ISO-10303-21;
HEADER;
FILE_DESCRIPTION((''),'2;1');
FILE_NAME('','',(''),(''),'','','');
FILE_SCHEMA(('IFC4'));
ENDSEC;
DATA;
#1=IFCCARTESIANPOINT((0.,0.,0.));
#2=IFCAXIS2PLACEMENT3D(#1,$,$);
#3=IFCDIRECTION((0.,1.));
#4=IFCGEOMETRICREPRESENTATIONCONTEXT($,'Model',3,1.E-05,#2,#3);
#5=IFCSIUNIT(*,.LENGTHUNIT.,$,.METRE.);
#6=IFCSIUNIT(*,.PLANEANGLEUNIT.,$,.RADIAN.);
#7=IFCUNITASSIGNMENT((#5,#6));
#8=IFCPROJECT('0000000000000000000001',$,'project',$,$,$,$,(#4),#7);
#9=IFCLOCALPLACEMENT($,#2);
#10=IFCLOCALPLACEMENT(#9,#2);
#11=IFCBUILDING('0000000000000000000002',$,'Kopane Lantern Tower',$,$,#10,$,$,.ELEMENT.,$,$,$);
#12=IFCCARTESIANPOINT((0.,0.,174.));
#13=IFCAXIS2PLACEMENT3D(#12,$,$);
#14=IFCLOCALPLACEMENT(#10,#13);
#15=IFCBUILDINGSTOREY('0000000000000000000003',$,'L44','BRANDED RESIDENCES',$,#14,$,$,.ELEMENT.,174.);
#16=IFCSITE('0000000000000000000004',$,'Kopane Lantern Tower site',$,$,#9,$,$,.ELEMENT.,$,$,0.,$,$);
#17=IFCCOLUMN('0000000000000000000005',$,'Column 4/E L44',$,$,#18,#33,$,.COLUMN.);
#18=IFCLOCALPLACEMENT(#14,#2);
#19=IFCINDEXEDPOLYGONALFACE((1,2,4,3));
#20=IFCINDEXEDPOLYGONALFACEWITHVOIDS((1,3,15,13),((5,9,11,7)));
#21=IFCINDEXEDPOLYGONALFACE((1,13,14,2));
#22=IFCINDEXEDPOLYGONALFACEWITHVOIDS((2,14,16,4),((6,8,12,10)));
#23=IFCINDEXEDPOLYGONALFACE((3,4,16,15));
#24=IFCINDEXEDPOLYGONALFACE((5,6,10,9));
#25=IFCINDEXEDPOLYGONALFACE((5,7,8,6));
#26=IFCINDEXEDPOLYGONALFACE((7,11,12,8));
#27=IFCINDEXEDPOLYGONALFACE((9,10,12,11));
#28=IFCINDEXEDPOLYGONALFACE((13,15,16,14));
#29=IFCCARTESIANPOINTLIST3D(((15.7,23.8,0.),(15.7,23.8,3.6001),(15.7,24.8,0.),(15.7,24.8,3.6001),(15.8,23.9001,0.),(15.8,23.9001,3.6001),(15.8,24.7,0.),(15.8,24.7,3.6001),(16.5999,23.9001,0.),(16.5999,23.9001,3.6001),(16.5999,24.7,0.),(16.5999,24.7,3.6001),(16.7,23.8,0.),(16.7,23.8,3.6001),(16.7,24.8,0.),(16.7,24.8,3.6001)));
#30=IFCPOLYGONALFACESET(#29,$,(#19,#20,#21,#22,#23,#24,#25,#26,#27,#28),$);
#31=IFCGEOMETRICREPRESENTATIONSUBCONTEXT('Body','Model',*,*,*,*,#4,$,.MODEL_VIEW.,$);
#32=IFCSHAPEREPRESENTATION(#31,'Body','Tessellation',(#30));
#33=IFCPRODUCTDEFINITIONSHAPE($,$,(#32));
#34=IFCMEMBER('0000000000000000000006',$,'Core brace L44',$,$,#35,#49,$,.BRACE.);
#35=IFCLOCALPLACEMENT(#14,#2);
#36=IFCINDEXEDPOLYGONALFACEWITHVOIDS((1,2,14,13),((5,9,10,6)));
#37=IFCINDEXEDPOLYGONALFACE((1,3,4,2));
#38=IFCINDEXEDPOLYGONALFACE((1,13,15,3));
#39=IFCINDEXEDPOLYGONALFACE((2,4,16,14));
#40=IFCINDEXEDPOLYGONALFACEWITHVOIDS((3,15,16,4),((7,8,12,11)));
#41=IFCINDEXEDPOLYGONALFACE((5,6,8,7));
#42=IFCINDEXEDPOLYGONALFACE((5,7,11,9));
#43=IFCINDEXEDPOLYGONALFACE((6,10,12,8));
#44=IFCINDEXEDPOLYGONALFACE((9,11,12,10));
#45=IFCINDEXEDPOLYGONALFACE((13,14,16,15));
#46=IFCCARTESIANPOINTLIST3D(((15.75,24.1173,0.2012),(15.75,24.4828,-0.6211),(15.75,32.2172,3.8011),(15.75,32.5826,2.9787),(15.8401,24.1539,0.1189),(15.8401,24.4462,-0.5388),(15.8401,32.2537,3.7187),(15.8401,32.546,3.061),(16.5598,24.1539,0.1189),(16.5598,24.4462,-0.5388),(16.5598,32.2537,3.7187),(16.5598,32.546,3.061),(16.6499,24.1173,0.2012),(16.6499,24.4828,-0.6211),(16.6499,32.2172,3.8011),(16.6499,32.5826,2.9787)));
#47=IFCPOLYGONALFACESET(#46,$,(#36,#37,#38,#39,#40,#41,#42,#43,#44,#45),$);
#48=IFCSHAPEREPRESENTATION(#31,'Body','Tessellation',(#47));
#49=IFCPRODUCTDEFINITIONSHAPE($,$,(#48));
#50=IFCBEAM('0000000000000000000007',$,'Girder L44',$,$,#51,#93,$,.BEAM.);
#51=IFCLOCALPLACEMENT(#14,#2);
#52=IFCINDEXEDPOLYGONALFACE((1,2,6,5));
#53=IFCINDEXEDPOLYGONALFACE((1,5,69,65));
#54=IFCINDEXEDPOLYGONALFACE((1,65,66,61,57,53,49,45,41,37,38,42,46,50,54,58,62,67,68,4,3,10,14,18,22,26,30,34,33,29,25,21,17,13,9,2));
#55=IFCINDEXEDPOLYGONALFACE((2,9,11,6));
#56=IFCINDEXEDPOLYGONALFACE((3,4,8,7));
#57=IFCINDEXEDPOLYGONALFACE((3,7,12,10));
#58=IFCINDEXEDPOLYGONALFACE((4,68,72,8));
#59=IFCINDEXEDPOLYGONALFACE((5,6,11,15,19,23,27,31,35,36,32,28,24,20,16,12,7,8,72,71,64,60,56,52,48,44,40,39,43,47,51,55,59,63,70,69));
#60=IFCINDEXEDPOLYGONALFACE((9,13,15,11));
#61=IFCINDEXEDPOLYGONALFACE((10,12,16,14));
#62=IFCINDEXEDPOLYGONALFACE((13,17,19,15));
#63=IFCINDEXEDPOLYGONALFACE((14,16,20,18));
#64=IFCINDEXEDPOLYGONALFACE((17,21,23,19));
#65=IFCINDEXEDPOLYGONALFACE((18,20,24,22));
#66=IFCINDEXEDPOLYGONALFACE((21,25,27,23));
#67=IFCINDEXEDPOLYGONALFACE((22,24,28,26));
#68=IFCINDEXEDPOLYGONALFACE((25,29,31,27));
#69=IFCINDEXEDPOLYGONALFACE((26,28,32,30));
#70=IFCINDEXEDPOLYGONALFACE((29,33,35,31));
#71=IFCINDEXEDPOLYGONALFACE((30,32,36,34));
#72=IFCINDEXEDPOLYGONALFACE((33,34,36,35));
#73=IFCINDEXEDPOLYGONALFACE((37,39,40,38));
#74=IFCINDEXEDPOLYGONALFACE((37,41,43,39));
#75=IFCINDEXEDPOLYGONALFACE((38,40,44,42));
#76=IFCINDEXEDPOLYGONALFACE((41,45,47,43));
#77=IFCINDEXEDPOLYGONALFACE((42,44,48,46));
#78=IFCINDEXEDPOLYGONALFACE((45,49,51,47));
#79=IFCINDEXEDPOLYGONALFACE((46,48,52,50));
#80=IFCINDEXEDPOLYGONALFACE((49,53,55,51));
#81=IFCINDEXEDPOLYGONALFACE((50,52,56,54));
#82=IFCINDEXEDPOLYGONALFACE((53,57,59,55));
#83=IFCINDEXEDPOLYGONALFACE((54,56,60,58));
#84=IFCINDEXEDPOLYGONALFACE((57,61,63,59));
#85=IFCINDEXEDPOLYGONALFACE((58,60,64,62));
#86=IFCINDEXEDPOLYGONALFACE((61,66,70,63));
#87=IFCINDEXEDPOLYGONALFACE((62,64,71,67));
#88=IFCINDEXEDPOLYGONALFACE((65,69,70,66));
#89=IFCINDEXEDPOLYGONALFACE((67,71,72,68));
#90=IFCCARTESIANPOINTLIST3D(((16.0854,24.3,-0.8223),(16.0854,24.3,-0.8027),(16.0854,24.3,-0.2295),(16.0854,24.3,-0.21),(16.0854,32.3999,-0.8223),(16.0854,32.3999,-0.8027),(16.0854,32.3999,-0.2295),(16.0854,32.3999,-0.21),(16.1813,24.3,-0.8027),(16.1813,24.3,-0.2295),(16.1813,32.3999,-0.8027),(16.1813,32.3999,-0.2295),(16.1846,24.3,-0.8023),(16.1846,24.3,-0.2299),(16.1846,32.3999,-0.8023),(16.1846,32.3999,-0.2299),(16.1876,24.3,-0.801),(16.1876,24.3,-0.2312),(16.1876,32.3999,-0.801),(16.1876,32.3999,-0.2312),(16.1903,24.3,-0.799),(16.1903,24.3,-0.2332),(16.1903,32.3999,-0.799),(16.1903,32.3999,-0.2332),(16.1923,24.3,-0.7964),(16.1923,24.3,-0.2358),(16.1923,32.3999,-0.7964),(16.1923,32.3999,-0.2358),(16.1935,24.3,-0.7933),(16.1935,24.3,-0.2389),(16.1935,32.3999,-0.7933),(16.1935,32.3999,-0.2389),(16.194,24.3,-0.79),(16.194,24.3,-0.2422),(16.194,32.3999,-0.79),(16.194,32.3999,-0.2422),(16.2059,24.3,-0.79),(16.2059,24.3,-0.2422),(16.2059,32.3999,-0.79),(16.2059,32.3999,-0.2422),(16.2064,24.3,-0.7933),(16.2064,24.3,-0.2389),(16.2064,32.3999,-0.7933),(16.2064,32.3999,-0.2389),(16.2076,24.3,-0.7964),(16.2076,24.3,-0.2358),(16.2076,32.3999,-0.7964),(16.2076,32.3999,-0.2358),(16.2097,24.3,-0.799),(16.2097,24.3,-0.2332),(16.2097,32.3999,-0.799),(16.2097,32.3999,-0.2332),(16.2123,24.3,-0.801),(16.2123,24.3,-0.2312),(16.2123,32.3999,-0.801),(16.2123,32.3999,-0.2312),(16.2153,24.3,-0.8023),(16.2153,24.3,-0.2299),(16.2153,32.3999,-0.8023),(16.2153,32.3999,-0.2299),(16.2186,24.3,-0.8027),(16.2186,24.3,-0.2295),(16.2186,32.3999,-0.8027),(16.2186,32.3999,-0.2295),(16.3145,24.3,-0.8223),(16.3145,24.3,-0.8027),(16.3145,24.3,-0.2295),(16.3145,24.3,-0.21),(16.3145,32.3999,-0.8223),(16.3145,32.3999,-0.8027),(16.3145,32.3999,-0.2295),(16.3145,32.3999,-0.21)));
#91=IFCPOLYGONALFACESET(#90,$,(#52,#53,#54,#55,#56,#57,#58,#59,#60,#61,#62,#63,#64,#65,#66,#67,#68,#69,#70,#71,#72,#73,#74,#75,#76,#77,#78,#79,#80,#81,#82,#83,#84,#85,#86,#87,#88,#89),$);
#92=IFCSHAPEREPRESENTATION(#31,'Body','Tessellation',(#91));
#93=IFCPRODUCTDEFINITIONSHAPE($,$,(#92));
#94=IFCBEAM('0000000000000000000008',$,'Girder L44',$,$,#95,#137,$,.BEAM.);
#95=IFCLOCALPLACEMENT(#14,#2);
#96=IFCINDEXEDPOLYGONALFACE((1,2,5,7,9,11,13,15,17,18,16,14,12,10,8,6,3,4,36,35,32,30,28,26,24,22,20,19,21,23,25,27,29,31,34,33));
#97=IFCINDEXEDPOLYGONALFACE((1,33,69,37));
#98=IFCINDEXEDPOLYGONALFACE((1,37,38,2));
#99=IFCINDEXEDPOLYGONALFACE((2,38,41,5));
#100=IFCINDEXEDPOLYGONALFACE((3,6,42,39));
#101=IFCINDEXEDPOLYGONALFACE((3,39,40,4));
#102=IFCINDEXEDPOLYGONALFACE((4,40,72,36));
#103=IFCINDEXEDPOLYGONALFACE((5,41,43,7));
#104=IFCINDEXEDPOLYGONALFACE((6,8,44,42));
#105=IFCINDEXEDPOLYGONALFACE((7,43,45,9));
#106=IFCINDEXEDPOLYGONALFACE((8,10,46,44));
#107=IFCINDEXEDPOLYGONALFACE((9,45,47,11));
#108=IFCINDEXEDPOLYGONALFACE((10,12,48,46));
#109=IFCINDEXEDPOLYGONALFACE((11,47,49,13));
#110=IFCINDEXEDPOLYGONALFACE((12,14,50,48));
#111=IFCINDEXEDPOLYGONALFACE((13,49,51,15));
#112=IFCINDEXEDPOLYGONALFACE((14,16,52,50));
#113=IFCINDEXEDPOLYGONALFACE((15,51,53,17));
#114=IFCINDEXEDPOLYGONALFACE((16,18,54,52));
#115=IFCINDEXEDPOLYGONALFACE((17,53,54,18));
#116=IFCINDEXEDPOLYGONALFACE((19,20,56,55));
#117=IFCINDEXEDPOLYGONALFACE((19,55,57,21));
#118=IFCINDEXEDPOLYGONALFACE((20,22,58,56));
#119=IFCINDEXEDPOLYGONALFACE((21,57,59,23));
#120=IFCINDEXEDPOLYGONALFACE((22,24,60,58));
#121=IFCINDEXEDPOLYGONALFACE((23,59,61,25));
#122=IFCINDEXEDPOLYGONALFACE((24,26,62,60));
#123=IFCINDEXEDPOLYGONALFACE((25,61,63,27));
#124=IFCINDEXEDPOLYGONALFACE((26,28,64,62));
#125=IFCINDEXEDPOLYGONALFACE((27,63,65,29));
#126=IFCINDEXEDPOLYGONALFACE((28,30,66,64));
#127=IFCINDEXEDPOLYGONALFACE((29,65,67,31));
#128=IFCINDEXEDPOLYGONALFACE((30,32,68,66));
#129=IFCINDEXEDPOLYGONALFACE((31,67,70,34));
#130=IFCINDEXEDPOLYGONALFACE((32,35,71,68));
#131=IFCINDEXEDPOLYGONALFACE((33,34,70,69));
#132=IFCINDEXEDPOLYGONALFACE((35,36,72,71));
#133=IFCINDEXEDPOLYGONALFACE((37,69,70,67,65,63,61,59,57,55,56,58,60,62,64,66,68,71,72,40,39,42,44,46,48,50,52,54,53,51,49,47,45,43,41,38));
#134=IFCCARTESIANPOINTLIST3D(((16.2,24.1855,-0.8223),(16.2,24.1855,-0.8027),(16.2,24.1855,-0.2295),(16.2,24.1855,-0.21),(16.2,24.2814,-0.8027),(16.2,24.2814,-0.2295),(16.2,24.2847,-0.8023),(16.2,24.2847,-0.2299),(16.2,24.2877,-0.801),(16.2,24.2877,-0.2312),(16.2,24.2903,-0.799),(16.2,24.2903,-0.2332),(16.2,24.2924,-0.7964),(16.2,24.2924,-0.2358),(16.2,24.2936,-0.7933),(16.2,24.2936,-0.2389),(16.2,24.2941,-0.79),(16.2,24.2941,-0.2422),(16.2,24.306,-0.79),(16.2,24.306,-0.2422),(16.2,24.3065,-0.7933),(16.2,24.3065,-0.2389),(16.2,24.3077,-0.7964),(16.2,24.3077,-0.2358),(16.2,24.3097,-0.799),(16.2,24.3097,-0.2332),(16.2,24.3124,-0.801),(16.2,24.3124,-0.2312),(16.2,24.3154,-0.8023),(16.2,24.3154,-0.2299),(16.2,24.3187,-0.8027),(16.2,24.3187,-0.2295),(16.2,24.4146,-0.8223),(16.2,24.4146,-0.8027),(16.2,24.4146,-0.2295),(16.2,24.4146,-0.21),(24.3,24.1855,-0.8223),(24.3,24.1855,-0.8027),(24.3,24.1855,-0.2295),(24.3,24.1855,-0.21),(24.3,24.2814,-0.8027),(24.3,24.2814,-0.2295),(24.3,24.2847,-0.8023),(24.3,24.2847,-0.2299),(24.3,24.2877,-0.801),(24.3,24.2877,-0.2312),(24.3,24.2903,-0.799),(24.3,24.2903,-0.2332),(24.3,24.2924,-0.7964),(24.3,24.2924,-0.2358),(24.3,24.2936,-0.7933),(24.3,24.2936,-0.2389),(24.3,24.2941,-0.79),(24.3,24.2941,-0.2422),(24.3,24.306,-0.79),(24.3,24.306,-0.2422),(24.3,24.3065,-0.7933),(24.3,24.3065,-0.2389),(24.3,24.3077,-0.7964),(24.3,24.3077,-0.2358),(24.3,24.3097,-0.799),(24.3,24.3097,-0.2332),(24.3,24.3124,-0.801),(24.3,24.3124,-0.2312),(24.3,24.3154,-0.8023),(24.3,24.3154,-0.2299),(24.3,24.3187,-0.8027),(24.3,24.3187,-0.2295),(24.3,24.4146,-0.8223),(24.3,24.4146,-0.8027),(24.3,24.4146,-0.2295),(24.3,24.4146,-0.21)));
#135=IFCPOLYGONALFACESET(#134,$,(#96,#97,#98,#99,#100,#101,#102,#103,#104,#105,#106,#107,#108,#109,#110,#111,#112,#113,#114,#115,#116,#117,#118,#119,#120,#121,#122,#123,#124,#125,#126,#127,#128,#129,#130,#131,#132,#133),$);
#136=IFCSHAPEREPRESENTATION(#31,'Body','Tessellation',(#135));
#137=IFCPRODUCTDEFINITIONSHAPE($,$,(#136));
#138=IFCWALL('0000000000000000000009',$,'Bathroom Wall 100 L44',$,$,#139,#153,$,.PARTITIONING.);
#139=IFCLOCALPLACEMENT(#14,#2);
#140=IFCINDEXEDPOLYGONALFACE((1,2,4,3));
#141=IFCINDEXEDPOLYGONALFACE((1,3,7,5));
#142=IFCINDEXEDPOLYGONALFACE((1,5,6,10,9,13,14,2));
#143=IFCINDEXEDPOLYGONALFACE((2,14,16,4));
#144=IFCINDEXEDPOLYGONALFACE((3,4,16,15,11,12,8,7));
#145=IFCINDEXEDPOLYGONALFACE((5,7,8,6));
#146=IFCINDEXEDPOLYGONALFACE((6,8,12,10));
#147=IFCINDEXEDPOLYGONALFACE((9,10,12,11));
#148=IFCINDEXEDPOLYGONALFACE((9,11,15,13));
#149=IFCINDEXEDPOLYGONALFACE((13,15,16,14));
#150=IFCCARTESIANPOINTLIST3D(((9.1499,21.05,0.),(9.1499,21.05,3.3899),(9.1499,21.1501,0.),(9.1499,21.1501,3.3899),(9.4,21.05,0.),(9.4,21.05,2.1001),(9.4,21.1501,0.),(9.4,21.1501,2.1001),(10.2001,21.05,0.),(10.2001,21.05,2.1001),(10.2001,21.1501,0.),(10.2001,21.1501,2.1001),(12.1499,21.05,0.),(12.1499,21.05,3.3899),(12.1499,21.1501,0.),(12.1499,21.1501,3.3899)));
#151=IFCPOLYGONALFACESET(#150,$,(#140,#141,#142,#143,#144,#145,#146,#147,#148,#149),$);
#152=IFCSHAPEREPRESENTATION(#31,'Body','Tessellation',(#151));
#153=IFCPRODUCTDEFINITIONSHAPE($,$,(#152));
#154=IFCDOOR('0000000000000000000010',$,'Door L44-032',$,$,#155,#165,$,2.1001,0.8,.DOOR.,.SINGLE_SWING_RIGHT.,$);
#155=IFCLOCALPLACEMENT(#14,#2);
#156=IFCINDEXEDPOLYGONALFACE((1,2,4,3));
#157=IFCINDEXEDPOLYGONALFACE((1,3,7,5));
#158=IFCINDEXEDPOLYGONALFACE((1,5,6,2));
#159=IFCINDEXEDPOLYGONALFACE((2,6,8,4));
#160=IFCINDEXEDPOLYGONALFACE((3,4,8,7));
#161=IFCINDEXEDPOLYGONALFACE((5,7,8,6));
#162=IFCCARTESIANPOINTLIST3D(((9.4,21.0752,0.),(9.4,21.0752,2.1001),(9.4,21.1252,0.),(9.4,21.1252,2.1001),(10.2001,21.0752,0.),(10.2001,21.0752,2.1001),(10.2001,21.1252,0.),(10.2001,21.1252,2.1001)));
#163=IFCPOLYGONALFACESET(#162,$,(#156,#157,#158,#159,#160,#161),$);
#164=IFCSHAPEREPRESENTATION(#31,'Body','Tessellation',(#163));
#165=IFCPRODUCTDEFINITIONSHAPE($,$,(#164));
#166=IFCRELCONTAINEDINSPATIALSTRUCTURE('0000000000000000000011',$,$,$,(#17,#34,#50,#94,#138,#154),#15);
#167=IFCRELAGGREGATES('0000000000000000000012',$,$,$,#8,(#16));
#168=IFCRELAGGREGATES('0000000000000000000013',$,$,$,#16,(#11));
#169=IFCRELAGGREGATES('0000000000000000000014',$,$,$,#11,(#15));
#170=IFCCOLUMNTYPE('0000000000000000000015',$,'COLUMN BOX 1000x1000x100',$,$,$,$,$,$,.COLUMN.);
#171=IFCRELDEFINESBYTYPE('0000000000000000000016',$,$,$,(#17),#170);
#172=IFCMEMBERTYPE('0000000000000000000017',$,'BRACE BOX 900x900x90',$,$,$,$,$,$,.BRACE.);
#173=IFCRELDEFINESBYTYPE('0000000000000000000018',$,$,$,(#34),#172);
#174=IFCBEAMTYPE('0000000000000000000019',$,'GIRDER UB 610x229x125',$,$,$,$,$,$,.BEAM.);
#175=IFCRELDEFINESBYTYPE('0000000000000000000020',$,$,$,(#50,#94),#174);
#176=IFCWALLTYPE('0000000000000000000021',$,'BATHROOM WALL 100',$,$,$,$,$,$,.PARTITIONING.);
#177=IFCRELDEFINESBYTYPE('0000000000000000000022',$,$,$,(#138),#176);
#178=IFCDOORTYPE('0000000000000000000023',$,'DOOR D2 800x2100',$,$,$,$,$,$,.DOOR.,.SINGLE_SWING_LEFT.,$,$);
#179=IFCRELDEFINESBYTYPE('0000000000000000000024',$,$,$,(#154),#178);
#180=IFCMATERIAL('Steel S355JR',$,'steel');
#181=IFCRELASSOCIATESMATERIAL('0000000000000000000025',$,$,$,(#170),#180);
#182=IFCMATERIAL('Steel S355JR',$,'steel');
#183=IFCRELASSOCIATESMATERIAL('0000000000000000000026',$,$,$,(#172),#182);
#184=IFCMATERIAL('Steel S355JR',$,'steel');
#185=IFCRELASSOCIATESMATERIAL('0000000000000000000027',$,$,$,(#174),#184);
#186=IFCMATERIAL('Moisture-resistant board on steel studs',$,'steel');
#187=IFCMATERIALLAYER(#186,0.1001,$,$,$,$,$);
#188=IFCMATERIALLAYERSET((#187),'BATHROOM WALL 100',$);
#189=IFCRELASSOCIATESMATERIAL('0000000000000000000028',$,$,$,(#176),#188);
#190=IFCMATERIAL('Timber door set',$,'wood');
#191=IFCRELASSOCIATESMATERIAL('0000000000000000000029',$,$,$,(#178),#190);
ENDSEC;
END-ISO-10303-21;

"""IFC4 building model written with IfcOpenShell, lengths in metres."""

from ifc_helpers import new_model, si_unit, direction, frame, frame_2d, origin, origin_2d, place, context, subcontext, project, spatial, rectangle, hollow_rectangle, i_section, extrude, material, layer, layer_set, material_profile, profile_set, type_object, element, fill, save


model = new_model("IFC4")

# Units and contexts
model_context = context("Model", 3, precision=1e-05, world=origin(), true_north=direction((0.0, 1.0)))
body_context = subcontext(model_context, "Body", "Model", "MODEL_VIEW")
ifc_project = project(units=[si_unit("LENGTHUNIT", "METRE"), si_unit("PLANEANGLEUNIT", "RADIAN")], contexts=[model_context])

# Site, building, storey
site_placement = place(None, origin())
site = spatial("IfcSite", under=ifc_project, at=site_placement, Name="Kopane Lantern Tower site", CompositionType="ELEMENT", RefElevation=0.0)
building_placement = place(site_placement, origin())
building = spatial("IfcBuilding", under=site, at=building_placement, Name="Kopane Lantern Tower", CompositionType="ELEMENT")
storey_placement = place(building_placement, frame((0.0, 0.0, 174.0)))
storey = spatial("IfcBuildingStorey", under=building, at=storey_placement, Name="L44", Description="BRANDED RESIDENCES", CompositionType="ELEMENT", Elevation=174.0)

# Column
ifc_material_1 = material(Name="Steel S355JR", Category="steel")
ifc_material_profile_1 = material_profile(ifc_material_1, hollow_rectangle(XDim=1.0, YDim=1.0, WallThickness=0.1001, at=origin_2d()), Name="BOX 1000x1000x100")
ifc_profile_set_1 = profile_set([ifc_material_profile_1], Name="Steel S355JR")
column_type = type_object("IfcColumnType", Name="COLUMN BOX 1000x1000x100", PredefinedType="COLUMN", material=ifc_profile_set_1)
column_placement = place(storey_placement, frame((16.2, 24.3, 0.0), z_axis=(0.0, 0.0, 1.0), x_axis=(1.0, 0.0, 0.0)))
element("IfcColumn", 1, at=column_placement, inside=storey, type_object=column_type, Name="Column 4/E L44", PredefinedType="COLUMN", context=body_context, shape_type="SweptSolid", body=[
    extrude(hollow_rectangle(XDim=1.0, YDim=1.0, WallThickness=0.1001, at=origin_2d()), origin(), (0.0, 0.0, 1.0), 3.6001),
])

# Member
ifc_material_2 = material(Name="Steel S355JR", Category="steel")
ifc_material_profile_2 = material_profile(ifc_material_2, hollow_rectangle(XDim=0.8999, YDim=0.8999, WallThickness=0.0901, at=origin_2d()), Name="BOX 900x900x90")
ifc_profile_set_2 = profile_set([ifc_material_profile_2], Name="Steel S355JR")
member_type = type_object("IfcMemberType", Name="BRACE BOX 900x900x90", PredefinedType="BRACE", material=ifc_profile_set_2)
member_placement = place(storey_placement, frame((16.2, 24.3, -0.21), z_axis=(0.0, 0.913815, 0.406131), x_axis=(-1.0, 0.0, 0.0)))
element("IfcMember", 2, at=member_placement, inside=storey, type_object=member_type, Name="Core brace L44", PredefinedType="BRACE", context=body_context, shape_type="SweptSolid", body=[
    extrude(hollow_rectangle(XDim=0.8999, YDim=0.8999, WallThickness=0.0901, at=origin_2d()), origin(), (0.0, 0.0, 1.0), 8.8638),
])

# Beams
ifc_material_3 = material(Name="Steel S355JR", Category="steel")
ifc_material_profile_3 = material_profile(ifc_material_3, i_section(OverallWidth=0.229, OverallDepth=0.6123, WebThickness=0.012, FlangeThickness=0.0195, FilletRadius=0.0127, at=origin_2d()), Name="UB 610x229x125")
ifc_profile_set_3 = profile_set([ifc_material_profile_3], Name="Steel S355JR")
beam_type = type_object("IfcBeamType", Name="GIRDER UB 610x229x125", PredefinedType="BEAM", material=ifc_profile_set_3)
beam_1_placement = place(storey_placement, frame((16.2, 24.3, -0.5161), z_axis=(0.0, 1.0, 0.0), x_axis=(-1.0, 0.0, 0.0)))
element("IfcBeam", 3, at=beam_1_placement, inside=storey, type_object=beam_type, Name="Girder L44", PredefinedType="BEAM", context=body_context, shape_type="SweptSolid", body=[
    extrude(i_section(OverallWidth=0.229, OverallDepth=0.6123, WebThickness=0.012, FlangeThickness=0.0195, FilletRadius=0.0127, at=origin_2d()), origin(), (0.0, 0.0, 1.0), 8.0999),
])
beam_2_placement = place(storey_placement, frame((16.2, 24.3, -0.5161), z_axis=(1.0, 0.0, 0.0), x_axis=(0.0, 1.0, 0.0)))
element("IfcBeam", 4, at=beam_2_placement, inside=storey, type_object=beam_type, Name="Girder L44", PredefinedType="BEAM", context=body_context, shape_type="SweptSolid", body=[
    extrude(i_section(OverallWidth=0.229, OverallDepth=0.6123, WebThickness=0.012, FlangeThickness=0.0195, FilletRadius=0.0127, at=origin_2d()), origin(), (0.0, 0.0, 1.0), 8.1001),
])

# Wall, opening, door
ifc_material_4 = material(Name="Moisture-resistant board on steel studs", Category="steel")
ifc_layer_1 = layer(ifc_material_4, 0.1001)
ifc_layer_set_1 = layer_set([ifc_layer_1], Name="BATHROOM WALL 100")
wall_type_1 = type_object("IfcWallType", Name="BATHROOM WALL 100", PredefinedType="PARTITIONING", material=ifc_layer_set_1)
wall_1_placement = place(storey_placement, frame((12.1499, 21.1001, 0.0), z_axis=(0.0, 0.0, 1.0), x_axis=(-1.0, 0.0, 0.0)))
wall_1 = element("IfcWall", 5, at=wall_1_placement, inside=storey, type_object=wall_type_1, Name="Bathroom Wall 100 L44", PredefinedType="PARTITIONING", context=body_context, shape_type="SweptSolid", body=[
    extrude(rectangle(XDim=3.0, YDim=0.1001, at=frame_2d((1.5, 0.0))), origin(), (0.0, 0.0, 1.0), 3.3899),
])
opening_1_placement = place(wall_1_placement, frame((1.95, 0.0, 0.0)))
opening_1 = element("IfcOpeningElement", 6, at=opening_1_placement, cuts=wall_1, PredefinedType="OPENING", context=body_context, shape_type="SweptSolid", body=[
    extrude(rectangle(XDim=0.8, YDim=2.1001, at=frame_2d((0.3999, 1.05))), frame((0.0, 0.0601, 0.0), z_axis=(0.0, -1.0, 0.0), x_axis=(1.0, 0.0, 0.0)), (0.0, 0.0, 1.0), 0.1201),
])
ifc_material_5 = material(Name="Timber door set", Category="wood")
door_type_1 = type_object("IfcDoorType", Name="DOOR D2 800x2100", OperationType="SINGLE_SWING_LEFT", PredefinedType="DOOR", material=ifc_material_5)
door_1_placement = place(opening_1_placement, origin())
door_1 = element("IfcDoor", 7, at=door_1_placement, inside=storey, type_object=door_type_1, Name="Door L44-032", OperationType="SINGLE_SWING_RIGHT", OverallHeight=2.1001, OverallWidth=0.8, PredefinedType="DOOR", context=body_context, shape_type="SweptSolid", body=[
    extrude(rectangle(XDim=0.8, YDim=2.1001, at=frame_2d((0.3999, 1.05))), frame((0.0, 0.0249, 0.0), z_axis=(0.0, -1.0, 0.0), x_axis=(1.0, 0.0, 0.0)), (0.0, 0.0, 1.0), 0.05),
])
fill(opening_1, door_1)

save(model, "model.ifc")
